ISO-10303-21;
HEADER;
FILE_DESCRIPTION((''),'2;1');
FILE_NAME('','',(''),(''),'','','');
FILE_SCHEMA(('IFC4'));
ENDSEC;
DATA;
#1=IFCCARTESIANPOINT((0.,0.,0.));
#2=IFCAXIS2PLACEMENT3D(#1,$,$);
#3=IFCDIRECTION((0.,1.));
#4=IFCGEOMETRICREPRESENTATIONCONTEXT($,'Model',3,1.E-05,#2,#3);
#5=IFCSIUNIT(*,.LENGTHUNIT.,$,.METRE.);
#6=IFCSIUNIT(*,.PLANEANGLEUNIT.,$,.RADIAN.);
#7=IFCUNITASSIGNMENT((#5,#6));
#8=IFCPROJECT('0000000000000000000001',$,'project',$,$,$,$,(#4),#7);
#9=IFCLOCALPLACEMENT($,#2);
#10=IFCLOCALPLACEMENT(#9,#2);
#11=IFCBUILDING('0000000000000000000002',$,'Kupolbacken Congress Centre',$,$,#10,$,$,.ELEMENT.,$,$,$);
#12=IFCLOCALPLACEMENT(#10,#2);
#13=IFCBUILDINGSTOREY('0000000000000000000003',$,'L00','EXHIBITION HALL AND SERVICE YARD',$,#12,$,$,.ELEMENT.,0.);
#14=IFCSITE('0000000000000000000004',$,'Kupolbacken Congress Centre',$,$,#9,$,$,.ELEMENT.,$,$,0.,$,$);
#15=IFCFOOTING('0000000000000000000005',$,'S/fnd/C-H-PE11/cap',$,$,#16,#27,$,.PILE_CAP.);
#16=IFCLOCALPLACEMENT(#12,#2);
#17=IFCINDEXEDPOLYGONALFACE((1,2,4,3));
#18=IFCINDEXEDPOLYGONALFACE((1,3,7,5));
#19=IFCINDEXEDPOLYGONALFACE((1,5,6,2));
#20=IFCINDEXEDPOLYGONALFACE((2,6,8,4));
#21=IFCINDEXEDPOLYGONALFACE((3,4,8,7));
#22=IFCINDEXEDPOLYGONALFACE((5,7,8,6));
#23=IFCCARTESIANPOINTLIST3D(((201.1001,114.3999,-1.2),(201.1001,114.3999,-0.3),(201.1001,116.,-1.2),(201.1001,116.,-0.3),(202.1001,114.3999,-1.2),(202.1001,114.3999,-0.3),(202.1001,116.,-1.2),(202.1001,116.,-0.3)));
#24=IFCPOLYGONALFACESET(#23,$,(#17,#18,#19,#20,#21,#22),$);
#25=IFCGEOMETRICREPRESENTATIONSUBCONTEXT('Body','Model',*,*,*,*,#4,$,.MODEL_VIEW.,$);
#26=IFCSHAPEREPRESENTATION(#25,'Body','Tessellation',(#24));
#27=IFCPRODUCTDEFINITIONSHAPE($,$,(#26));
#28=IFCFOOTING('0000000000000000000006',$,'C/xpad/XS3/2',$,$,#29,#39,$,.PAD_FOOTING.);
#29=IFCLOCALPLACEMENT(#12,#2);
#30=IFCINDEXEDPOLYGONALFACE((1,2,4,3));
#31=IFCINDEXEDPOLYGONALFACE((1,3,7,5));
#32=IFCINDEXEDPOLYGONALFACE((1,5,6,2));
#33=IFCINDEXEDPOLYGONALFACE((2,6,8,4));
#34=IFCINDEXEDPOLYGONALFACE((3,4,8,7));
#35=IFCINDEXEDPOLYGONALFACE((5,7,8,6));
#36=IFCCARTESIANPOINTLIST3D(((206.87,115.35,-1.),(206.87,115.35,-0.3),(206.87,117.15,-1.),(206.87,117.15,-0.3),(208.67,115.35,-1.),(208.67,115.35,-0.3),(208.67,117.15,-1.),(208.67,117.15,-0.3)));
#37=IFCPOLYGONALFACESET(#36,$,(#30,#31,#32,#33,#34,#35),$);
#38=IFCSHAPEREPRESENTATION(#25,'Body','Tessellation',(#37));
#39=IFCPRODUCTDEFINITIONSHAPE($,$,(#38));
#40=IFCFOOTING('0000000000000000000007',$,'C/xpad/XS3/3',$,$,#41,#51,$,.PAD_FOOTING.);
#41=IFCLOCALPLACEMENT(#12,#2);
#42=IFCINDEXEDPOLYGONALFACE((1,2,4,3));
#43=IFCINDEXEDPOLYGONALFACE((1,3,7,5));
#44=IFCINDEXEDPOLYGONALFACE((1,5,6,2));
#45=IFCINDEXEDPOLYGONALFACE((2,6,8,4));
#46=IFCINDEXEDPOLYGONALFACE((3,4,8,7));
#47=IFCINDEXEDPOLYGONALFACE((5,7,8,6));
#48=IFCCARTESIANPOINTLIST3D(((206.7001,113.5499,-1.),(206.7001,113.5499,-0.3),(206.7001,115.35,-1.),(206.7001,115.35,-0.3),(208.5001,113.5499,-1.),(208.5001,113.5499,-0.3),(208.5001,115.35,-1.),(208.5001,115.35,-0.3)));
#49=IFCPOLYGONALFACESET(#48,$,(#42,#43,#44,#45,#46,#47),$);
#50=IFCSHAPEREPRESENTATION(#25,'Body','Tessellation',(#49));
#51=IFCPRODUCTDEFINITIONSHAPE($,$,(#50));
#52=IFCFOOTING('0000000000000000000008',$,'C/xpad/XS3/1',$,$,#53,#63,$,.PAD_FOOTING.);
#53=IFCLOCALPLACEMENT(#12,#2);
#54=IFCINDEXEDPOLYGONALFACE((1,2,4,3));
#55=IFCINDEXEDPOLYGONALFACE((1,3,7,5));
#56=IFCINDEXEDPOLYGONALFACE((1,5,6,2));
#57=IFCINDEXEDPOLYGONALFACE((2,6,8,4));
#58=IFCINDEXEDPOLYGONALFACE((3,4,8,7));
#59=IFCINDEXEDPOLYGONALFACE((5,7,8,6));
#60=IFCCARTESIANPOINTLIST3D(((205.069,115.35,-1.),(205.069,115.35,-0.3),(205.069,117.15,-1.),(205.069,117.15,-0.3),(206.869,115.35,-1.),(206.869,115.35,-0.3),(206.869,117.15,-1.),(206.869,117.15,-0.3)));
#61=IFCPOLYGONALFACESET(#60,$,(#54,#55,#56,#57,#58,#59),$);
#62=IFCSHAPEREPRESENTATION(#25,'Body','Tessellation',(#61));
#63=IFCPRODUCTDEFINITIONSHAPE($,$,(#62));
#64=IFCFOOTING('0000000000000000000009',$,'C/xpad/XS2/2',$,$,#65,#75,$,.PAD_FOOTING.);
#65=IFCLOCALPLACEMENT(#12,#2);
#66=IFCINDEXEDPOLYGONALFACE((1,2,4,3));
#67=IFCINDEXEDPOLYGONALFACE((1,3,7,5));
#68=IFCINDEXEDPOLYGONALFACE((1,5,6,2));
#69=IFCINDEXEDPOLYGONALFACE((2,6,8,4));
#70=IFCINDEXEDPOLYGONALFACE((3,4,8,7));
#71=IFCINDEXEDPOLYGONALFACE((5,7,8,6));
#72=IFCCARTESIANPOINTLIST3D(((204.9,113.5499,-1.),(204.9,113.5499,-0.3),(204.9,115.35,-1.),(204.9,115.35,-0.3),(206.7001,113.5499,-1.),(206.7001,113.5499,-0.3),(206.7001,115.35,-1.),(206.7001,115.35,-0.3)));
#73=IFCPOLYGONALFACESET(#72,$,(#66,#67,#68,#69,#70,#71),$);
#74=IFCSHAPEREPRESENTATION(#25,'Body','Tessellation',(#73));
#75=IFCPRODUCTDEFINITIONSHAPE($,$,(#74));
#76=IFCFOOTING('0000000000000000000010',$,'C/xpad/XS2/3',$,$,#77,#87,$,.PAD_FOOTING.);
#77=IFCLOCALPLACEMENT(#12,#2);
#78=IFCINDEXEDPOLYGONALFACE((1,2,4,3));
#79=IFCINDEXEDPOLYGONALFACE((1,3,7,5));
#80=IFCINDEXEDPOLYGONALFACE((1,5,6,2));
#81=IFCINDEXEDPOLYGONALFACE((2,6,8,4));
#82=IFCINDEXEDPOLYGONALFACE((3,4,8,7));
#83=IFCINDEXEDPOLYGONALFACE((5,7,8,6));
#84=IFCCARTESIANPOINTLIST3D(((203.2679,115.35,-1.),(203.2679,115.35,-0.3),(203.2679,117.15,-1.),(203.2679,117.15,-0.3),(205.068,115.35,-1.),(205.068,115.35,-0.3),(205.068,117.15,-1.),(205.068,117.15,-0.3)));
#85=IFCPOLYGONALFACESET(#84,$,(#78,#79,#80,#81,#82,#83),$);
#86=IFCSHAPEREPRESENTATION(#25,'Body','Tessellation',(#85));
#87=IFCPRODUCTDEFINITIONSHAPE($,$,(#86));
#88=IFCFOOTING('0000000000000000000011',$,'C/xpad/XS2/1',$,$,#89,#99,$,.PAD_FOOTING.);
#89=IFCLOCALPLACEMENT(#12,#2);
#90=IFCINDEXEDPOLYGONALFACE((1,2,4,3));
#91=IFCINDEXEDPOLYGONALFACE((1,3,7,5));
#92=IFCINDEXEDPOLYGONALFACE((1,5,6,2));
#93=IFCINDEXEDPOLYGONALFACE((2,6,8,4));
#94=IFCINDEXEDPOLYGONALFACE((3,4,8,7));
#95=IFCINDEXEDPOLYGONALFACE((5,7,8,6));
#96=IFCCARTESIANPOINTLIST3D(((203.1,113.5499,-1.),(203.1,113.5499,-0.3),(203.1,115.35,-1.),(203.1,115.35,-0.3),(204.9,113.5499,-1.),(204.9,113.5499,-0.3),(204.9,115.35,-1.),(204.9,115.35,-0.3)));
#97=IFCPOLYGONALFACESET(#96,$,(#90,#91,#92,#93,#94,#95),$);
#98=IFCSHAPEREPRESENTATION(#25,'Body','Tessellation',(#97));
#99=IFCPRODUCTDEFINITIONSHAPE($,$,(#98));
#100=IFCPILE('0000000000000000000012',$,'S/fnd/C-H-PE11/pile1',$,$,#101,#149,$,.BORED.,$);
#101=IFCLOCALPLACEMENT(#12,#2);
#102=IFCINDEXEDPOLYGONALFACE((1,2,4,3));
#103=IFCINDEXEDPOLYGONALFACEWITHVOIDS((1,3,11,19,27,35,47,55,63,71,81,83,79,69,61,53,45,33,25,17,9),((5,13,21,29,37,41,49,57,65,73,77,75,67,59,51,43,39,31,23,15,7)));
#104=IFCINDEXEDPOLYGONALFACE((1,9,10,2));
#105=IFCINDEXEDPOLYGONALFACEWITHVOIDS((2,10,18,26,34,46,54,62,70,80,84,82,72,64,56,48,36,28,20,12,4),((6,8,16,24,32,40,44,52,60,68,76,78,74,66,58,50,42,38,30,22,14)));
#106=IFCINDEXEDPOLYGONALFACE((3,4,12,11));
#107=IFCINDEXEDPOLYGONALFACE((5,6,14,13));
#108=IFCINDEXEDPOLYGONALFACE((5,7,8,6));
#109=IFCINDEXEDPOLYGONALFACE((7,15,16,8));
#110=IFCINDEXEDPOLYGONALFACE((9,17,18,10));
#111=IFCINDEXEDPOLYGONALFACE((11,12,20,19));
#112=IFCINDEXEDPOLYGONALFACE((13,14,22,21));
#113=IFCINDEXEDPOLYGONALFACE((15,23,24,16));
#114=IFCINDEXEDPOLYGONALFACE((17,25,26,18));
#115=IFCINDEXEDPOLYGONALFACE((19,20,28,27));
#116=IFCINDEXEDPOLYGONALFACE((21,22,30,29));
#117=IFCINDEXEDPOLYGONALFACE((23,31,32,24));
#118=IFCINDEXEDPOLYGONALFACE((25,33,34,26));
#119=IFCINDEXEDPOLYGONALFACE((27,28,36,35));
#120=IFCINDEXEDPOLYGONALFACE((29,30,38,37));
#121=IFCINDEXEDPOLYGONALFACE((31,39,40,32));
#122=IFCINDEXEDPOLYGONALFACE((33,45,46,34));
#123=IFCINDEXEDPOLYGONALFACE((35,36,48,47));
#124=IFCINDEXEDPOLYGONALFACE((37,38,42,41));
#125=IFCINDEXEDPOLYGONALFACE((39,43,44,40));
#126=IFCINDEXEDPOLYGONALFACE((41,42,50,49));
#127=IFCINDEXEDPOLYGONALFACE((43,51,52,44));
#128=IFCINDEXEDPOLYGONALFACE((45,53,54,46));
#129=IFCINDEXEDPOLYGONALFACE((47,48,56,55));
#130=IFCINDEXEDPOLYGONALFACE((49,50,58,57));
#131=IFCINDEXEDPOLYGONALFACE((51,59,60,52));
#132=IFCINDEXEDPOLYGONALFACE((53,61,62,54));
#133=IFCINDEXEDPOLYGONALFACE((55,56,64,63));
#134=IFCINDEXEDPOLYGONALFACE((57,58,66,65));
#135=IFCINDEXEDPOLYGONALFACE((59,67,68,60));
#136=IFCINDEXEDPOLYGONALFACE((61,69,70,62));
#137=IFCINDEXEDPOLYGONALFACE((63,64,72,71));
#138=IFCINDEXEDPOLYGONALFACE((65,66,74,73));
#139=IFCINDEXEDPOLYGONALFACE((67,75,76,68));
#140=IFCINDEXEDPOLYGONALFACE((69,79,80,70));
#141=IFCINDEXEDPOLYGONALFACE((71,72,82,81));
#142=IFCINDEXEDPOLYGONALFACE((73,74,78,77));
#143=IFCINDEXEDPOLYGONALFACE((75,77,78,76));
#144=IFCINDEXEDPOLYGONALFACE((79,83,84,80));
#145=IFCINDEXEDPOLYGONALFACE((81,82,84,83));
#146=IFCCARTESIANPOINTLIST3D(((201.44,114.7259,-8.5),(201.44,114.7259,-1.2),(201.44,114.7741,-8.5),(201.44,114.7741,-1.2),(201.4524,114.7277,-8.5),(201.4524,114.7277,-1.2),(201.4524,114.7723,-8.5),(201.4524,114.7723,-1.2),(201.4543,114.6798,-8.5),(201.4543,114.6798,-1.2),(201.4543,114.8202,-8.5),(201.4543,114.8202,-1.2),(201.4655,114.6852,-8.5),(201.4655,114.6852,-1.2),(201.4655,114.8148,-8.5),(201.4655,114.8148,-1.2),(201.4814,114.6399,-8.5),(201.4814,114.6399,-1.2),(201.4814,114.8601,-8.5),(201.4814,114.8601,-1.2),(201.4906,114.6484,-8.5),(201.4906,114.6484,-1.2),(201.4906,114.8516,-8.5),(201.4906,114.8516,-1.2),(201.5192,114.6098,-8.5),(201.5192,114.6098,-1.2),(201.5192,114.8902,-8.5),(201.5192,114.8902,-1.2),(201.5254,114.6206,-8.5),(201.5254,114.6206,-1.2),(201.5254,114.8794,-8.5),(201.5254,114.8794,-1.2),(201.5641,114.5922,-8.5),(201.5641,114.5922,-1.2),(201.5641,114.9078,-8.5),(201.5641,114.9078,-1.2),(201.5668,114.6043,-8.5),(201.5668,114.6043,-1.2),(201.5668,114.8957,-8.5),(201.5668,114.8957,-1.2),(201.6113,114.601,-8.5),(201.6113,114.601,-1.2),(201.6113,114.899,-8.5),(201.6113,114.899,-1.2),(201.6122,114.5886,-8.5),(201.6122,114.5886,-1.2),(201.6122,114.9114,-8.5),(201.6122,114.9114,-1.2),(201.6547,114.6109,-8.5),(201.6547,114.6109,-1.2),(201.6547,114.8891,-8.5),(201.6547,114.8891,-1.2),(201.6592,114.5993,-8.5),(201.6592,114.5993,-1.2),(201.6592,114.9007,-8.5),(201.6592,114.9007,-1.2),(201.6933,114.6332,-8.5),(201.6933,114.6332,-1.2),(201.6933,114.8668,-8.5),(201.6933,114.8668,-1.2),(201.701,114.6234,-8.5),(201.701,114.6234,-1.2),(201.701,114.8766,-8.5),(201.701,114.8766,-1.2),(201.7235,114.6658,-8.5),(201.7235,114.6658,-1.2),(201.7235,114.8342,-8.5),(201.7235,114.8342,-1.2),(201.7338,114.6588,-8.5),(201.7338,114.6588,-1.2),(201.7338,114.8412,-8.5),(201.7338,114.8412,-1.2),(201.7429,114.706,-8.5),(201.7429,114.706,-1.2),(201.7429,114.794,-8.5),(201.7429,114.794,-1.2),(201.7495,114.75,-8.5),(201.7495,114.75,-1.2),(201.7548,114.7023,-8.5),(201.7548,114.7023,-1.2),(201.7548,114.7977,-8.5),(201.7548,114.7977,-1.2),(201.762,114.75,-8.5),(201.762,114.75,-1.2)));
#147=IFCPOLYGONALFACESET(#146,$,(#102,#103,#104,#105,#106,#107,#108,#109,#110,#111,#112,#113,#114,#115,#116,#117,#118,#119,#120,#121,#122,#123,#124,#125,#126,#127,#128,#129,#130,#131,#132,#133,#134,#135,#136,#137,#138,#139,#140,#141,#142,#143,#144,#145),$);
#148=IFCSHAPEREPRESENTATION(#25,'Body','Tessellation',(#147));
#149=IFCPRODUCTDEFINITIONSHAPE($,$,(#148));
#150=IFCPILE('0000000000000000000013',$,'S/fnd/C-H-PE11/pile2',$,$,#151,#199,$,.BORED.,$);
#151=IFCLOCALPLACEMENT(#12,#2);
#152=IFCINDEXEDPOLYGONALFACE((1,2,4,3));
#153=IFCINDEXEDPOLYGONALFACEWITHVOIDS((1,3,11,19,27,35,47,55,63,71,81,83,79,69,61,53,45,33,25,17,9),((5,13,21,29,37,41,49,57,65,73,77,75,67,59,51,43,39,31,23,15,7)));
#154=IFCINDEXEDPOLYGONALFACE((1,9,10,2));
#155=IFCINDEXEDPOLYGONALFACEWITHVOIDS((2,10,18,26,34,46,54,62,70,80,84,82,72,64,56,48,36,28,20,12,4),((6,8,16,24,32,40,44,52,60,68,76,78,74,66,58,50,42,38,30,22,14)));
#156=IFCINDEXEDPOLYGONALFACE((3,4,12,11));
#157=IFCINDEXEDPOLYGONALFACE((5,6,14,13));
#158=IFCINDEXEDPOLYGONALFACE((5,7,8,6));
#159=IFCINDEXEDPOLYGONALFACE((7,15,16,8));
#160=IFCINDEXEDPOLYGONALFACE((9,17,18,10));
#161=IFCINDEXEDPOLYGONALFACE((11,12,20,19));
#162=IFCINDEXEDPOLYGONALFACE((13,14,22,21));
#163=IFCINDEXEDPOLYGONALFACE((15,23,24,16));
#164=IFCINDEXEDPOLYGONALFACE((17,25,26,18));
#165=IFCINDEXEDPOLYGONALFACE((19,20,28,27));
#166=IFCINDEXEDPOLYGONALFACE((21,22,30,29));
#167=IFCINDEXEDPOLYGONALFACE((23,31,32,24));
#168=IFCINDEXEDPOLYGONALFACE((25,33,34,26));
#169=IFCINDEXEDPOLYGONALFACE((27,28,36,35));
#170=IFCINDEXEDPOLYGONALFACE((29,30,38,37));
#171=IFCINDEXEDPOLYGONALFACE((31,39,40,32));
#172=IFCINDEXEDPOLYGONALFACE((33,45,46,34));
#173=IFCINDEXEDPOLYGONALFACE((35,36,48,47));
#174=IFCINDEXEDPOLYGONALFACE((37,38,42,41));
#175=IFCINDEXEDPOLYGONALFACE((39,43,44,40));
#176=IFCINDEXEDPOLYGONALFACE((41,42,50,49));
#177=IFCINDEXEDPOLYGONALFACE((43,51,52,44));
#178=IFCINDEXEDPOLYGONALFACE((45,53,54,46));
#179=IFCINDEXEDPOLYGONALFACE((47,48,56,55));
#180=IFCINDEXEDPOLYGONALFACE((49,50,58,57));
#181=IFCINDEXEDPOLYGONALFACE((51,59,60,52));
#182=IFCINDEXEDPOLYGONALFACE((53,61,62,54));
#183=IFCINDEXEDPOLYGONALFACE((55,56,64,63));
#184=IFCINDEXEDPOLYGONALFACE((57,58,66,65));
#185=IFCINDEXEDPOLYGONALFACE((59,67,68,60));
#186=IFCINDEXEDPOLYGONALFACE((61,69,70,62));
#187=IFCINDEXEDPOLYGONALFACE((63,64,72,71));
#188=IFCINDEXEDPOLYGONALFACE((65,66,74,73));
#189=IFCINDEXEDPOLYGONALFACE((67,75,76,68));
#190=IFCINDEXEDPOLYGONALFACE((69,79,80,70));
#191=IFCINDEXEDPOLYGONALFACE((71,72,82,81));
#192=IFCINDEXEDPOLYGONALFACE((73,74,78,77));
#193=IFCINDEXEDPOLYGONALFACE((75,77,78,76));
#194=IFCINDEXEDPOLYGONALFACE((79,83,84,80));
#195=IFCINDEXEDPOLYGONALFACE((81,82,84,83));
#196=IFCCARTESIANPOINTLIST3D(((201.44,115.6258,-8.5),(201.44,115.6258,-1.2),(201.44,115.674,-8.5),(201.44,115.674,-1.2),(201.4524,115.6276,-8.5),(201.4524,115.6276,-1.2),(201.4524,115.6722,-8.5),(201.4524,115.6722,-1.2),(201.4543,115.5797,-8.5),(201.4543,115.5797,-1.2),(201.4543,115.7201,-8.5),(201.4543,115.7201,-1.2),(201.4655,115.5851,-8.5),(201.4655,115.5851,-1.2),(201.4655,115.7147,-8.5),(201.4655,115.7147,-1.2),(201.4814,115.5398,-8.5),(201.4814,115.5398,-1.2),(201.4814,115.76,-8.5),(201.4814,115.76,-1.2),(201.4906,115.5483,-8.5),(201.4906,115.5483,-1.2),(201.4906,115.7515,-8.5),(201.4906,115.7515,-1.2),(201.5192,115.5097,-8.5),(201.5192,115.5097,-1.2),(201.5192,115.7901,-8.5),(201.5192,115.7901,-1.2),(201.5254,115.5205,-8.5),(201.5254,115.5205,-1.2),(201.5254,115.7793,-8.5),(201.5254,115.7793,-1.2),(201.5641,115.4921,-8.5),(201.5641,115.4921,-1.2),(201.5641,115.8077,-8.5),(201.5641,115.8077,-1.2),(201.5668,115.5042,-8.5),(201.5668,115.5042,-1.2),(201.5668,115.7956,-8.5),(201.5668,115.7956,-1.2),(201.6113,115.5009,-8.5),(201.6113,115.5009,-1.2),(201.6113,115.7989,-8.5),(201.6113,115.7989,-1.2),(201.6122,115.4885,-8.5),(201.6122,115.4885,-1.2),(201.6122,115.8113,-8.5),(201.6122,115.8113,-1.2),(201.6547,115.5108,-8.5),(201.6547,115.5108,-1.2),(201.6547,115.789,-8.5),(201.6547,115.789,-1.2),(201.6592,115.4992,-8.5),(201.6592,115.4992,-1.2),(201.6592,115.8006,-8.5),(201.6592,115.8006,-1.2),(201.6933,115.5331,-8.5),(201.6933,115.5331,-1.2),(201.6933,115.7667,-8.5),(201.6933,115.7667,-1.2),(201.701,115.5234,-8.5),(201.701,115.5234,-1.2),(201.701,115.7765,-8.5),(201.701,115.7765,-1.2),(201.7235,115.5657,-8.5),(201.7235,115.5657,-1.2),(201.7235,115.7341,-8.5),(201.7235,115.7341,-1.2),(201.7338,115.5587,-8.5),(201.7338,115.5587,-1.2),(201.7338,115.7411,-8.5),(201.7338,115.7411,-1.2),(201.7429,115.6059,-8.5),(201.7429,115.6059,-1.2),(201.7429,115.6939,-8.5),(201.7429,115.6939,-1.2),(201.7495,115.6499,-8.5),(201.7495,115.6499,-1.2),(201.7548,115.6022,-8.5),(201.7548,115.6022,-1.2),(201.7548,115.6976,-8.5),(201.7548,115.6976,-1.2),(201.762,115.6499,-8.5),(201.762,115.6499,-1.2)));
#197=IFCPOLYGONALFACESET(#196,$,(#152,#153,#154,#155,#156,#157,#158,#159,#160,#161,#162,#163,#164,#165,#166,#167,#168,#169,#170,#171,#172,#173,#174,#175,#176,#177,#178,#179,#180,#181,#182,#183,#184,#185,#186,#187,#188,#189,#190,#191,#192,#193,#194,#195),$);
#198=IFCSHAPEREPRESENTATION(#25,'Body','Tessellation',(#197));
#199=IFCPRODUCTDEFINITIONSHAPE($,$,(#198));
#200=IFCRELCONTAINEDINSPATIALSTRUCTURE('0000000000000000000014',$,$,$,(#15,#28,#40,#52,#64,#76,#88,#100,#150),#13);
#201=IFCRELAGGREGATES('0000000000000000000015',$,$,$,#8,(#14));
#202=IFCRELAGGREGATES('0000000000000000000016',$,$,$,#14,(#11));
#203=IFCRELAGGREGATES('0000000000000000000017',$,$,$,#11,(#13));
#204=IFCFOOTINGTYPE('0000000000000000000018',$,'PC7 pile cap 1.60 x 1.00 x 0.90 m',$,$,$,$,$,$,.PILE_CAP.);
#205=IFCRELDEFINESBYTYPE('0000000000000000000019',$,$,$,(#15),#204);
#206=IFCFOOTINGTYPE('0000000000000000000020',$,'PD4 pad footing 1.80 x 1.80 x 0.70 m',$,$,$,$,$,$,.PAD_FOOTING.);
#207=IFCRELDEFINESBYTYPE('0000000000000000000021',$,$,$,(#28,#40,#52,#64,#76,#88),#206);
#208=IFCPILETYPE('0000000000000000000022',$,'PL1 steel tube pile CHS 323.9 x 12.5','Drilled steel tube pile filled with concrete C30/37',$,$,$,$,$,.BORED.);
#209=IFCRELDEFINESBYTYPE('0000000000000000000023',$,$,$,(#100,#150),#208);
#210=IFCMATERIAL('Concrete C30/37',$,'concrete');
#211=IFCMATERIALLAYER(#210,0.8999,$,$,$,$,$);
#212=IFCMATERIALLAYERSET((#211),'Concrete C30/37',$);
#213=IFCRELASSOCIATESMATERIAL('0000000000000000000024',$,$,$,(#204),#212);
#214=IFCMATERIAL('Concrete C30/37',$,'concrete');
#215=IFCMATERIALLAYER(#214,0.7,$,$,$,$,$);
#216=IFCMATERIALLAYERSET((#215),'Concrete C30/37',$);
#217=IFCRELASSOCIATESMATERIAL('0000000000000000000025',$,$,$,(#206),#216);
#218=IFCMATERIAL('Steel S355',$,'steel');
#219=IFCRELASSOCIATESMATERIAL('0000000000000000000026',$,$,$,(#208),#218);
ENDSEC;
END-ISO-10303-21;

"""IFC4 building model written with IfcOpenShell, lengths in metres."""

from ifc_helpers import new_model, si_unit, direction, frame, origin, origin_2d, place, context, subcontext, project, spatial, rectangle, hollow_circle, extrude, material, layer, layer_set, material_profile, profile_set, type_object, element, save


model = new_model("IFC4")

# Units and contexts
model_context = context("Model", 3, precision=1e-05, world=origin(), true_north=direction((0.0, 1.0)))
body_context = subcontext(model_context, "Body", "Model", "MODEL_VIEW")
ifc_project = project(units=[si_unit("LENGTHUNIT", "METRE"), si_unit("PLANEANGLEUNIT", "RADIAN")], contexts=[model_context])

# Site, building, storey
site_placement = place(None, origin())
site = spatial("IfcSite", under=ifc_project, at=site_placement, Name="Kupolbacken Congress Centre", CompositionType="ELEMENT", RefElevation=0.0)
building_placement = place(site_placement, origin())
building = spatial("IfcBuilding", under=site, at=building_placement, Name="Kupolbacken Congress Centre", CompositionType="ELEMENT")
storey_placement = place(building_placement, origin())
storey = spatial("IfcBuildingStorey", under=building, at=storey_placement, Name="L00", Description="EXHIBITION HALL AND SERVICE YARD", CompositionType="ELEMENT", Elevation=0.0)

# Footings
ifc_material_1 = material(Name="Concrete C30/37", Category="concrete")
ifc_layer_1 = layer(ifc_material_1, 0.8999)
ifc_layer_set_1 = layer_set([ifc_layer_1], Name="Concrete C30/37")
footing_type_1 = type_object("IfcFootingType", Name="PC7 pile cap 1.60 x 1.00 x 0.90 m", PredefinedType="PILE_CAP", material=ifc_layer_set_1)
footing_placement = place(storey_placement, frame((201.6001, 115.2, -1.2), z_axis=(0.0, 0.0, 1.0), x_axis=(1.0, 0.0, 0.0)))
element("IfcFooting", 1, at=footing_placement, inside=storey, type_object=footing_type_1, Name="S/fnd/C-H-PE11/cap", PredefinedType="PILE_CAP", context=body_context, shape_type="SweptSolid", body=[
    extrude(rectangle(XDim=1.0, YDim=1.6001, at=origin_2d()), origin(), (0.0, 0.0, 1.0), 0.8999),
])
ifc_material_2 = material(Name="Concrete C30/37", Category="concrete")
ifc_layer_2 = layer(ifc_material_2, 0.7)
ifc_layer_set_2 = layer_set([ifc_layer_2], Name="Concrete C30/37")
footing_type_2 = type_object("IfcFootingType", Name="PD4 pad footing 1.80 x 1.80 x 0.70 m", PredefinedType="PAD_FOOTING", material=ifc_layer_set_2)
for number, where, z_axis, x_axis, name in (
    (2, (207.77, 116.25, -1.0), (0.0, 0.0, 1.0), (1.0, 0.0, 0.0), "C/xpad/XS3/2"),
    (3, (207.6001, 114.45, -1.0), (0.0, 0.0, 1.0), (1.0, 0.0, 0.0), "C/xpad/XS3/3"),
    (4, (205.969, 116.25, -1.0), (0.0, 0.0, 1.0), (1.0, 0.0, 0.0), "C/xpad/XS3/1"),
    (5, (205.8, 114.45, -1.0), (0.0, 0.0, 1.0), (1.0, 0.0, 0.0), "C/xpad/XS2/2"),
    (6, (204.168, 116.25, -1.0), (0.0, 0.0, 1.0), (1.0, 0.0, 0.0), "C/xpad/XS2/3"),
    (7, (204.0, 114.45, -1.0), (0.0, 0.0, 1.0), (1.0, 0.0, 0.0), "C/xpad/XS2/1"),
):
    element("IfcFooting", number, at=place(storey_placement, frame(where, z_axis=z_axis, x_axis=x_axis)), inside=storey, type_object=footing_type_2, Name=name, PredefinedType="PAD_FOOTING", context=body_context, shape_type="SweptSolid", body=[
        extrude(rectangle(XDim=1.8, YDim=1.8, at=origin_2d()), origin(), (0.0, 0.0, 1.0), 0.7),
    ])

# Piles
ifc_material_3 = material(Name="Steel S355", Category="steel")
ifc_material_profile_1 = material_profile(ifc_material_3, hollow_circle(Radius=0.1619, WallThickness=0.0125, at=origin_2d()), Name="CHS 323.9 x 12.5")
ifc_profile_set_1 = profile_set([ifc_material_profile_1], Name="Steel S355")
pile_type = type_object("IfcPileType", Name="PL1 steel tube pile CHS 323.9 x 12.5", Description="Drilled steel tube pile filled with concrete C30/37", PredefinedType="BORED", material=ifc_profile_set_1)
for number, where, z_axis, x_axis, name in (
    (8, (201.6001, 114.75, -1.2), (0.0, 0.0, -1.0), (1.0, 0.0, 0.0), "S/fnd/C-H-PE11/pile1"),
    (9, (201.6001, 115.6499, -1.2), (0.0, 0.0, -1.0), (1.0, 0.0, 0.0), "S/fnd/C-H-PE11/pile2"),
):
    element("IfcPile", number, at=place(storey_placement, frame(where, z_axis=z_axis, x_axis=x_axis)), inside=storey, type_object=pile_type, Name=name, PredefinedType="BORED", context=body_context, shape_type="SweptSolid", body=[
        extrude(hollow_circle(Radius=0.1619, WallThickness=0.0125, at=origin_2d()), origin(), (0.0, 0.0, 1.0), 7.3),
    ])

save(model, "model.ifc")
